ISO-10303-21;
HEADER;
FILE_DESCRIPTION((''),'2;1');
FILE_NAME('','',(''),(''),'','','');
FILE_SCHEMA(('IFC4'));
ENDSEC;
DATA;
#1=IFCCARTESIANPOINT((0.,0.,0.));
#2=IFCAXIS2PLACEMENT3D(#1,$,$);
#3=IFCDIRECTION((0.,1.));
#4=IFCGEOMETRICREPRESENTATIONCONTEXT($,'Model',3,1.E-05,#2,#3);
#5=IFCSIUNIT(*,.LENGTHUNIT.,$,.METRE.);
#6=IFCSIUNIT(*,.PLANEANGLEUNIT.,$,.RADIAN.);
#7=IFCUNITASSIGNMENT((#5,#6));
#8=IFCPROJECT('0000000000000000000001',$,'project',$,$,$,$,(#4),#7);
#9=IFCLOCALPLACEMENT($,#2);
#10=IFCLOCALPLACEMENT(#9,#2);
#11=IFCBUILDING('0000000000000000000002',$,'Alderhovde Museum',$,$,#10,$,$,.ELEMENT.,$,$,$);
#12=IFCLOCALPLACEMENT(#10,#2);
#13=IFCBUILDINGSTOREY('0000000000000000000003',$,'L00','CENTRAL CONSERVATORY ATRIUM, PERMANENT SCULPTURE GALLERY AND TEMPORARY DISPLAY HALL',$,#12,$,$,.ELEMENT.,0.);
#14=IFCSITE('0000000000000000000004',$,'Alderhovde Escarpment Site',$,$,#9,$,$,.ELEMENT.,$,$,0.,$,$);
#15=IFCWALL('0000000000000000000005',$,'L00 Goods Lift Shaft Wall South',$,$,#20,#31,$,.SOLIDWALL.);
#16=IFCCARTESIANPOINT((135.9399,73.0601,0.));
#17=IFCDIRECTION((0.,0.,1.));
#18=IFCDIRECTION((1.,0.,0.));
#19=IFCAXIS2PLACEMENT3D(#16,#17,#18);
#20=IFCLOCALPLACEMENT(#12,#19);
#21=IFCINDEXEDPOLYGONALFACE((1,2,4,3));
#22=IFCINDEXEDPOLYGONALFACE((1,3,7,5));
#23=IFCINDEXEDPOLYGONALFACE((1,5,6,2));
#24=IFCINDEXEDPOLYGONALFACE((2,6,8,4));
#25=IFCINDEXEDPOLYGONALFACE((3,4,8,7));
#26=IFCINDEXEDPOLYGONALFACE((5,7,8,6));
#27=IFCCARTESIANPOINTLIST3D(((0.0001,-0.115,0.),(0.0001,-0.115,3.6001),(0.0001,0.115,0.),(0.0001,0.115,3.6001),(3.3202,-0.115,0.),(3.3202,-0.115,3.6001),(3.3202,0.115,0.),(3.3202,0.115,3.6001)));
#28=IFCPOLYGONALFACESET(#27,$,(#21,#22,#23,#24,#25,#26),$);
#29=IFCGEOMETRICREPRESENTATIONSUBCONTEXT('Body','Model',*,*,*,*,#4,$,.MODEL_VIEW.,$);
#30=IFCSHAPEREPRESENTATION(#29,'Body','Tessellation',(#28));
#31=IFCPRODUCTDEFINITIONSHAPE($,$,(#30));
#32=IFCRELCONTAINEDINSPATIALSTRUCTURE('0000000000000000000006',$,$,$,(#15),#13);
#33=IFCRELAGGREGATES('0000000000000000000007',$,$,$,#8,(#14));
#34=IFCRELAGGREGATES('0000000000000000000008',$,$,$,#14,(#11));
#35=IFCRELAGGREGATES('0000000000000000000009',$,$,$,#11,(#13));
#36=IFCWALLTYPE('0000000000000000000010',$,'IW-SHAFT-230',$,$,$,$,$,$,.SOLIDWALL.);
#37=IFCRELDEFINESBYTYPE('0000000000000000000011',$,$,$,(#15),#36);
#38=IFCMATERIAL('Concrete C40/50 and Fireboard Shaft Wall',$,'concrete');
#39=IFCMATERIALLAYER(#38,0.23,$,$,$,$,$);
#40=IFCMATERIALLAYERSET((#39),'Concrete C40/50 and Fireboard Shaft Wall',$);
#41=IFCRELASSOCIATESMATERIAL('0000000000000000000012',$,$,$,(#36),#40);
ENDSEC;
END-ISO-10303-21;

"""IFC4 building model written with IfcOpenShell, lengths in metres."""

from ifc_helpers import new_model, si_unit, direction, frame, frame_2d, origin, place, context, subcontext, project, spatial, rectangle, extrude, material, layer, layer_set, type_object, element, save


model = new_model("IFC4")

# Units and contexts
model_context = context("Model", 3, precision=1e-05, world=origin(), true_north=direction((0.0, 1.0)))
body_context = subcontext(model_context, "Body", "Model", "MODEL_VIEW")
ifc_project = project(units=[si_unit("LENGTHUNIT", "METRE"), si_unit("PLANEANGLEUNIT", "RADIAN")], contexts=[model_context])

# Site, building, storey
site_placement = place(None, origin())
site = spatial("IfcSite", under=ifc_project, at=site_placement, Name="Alderhovde Escarpment Site", CompositionType="ELEMENT", RefElevation=0.0)
building_placement = place(site_placement, origin())
building = spatial("IfcBuilding", under=site, at=building_placement, Name="Alderhovde Museum", CompositionType="ELEMENT")
storey_placement = place(building_placement, origin())
storey = spatial("IfcBuildingStorey", under=building, at=storey_placement, Name="L00", Description="CENTRAL CONSERVATORY ATRIUM, PERMANENT SCULPTURE GALLERY AND TEMPORARY DISPLAY HALL", CompositionType="ELEMENT", Elevation=0.0)

# Wall
ifc_material_1 = material(Name="Concrete C40/50 and Fireboard Shaft Wall", Category="concrete")
ifc_layer_1 = layer(ifc_material_1, 0.23)
ifc_layer_set_1 = layer_set([ifc_layer_1], Name="Concrete C40/50 and Fireboard Shaft Wall")
wall_type_1 = type_object("IfcWallType", Name="IW-SHAFT-230", PredefinedType="SOLIDWALL", material=ifc_layer_set_1)
wall_1_placement = place(storey_placement, frame((135.9399, 73.0601, 0.0), z_axis=(0.0, 0.0, 1.0), x_axis=(1.0, 0.0, 0.0)))
element("IfcWall", 1, at=wall_1_placement, inside=storey, type_object=wall_type_1, Name="L00 Goods Lift Shaft Wall South", PredefinedType="SOLIDWALL", context=body_context, shape_type="SweptSolid", body=[
    extrude(rectangle(XDim=3.3201, YDim=0.23, at=frame_2d((1.6602, 0.0))), origin(), (0.0, 0.0, 1.0), 3.6001),
])

save(model, "model.ifc")
